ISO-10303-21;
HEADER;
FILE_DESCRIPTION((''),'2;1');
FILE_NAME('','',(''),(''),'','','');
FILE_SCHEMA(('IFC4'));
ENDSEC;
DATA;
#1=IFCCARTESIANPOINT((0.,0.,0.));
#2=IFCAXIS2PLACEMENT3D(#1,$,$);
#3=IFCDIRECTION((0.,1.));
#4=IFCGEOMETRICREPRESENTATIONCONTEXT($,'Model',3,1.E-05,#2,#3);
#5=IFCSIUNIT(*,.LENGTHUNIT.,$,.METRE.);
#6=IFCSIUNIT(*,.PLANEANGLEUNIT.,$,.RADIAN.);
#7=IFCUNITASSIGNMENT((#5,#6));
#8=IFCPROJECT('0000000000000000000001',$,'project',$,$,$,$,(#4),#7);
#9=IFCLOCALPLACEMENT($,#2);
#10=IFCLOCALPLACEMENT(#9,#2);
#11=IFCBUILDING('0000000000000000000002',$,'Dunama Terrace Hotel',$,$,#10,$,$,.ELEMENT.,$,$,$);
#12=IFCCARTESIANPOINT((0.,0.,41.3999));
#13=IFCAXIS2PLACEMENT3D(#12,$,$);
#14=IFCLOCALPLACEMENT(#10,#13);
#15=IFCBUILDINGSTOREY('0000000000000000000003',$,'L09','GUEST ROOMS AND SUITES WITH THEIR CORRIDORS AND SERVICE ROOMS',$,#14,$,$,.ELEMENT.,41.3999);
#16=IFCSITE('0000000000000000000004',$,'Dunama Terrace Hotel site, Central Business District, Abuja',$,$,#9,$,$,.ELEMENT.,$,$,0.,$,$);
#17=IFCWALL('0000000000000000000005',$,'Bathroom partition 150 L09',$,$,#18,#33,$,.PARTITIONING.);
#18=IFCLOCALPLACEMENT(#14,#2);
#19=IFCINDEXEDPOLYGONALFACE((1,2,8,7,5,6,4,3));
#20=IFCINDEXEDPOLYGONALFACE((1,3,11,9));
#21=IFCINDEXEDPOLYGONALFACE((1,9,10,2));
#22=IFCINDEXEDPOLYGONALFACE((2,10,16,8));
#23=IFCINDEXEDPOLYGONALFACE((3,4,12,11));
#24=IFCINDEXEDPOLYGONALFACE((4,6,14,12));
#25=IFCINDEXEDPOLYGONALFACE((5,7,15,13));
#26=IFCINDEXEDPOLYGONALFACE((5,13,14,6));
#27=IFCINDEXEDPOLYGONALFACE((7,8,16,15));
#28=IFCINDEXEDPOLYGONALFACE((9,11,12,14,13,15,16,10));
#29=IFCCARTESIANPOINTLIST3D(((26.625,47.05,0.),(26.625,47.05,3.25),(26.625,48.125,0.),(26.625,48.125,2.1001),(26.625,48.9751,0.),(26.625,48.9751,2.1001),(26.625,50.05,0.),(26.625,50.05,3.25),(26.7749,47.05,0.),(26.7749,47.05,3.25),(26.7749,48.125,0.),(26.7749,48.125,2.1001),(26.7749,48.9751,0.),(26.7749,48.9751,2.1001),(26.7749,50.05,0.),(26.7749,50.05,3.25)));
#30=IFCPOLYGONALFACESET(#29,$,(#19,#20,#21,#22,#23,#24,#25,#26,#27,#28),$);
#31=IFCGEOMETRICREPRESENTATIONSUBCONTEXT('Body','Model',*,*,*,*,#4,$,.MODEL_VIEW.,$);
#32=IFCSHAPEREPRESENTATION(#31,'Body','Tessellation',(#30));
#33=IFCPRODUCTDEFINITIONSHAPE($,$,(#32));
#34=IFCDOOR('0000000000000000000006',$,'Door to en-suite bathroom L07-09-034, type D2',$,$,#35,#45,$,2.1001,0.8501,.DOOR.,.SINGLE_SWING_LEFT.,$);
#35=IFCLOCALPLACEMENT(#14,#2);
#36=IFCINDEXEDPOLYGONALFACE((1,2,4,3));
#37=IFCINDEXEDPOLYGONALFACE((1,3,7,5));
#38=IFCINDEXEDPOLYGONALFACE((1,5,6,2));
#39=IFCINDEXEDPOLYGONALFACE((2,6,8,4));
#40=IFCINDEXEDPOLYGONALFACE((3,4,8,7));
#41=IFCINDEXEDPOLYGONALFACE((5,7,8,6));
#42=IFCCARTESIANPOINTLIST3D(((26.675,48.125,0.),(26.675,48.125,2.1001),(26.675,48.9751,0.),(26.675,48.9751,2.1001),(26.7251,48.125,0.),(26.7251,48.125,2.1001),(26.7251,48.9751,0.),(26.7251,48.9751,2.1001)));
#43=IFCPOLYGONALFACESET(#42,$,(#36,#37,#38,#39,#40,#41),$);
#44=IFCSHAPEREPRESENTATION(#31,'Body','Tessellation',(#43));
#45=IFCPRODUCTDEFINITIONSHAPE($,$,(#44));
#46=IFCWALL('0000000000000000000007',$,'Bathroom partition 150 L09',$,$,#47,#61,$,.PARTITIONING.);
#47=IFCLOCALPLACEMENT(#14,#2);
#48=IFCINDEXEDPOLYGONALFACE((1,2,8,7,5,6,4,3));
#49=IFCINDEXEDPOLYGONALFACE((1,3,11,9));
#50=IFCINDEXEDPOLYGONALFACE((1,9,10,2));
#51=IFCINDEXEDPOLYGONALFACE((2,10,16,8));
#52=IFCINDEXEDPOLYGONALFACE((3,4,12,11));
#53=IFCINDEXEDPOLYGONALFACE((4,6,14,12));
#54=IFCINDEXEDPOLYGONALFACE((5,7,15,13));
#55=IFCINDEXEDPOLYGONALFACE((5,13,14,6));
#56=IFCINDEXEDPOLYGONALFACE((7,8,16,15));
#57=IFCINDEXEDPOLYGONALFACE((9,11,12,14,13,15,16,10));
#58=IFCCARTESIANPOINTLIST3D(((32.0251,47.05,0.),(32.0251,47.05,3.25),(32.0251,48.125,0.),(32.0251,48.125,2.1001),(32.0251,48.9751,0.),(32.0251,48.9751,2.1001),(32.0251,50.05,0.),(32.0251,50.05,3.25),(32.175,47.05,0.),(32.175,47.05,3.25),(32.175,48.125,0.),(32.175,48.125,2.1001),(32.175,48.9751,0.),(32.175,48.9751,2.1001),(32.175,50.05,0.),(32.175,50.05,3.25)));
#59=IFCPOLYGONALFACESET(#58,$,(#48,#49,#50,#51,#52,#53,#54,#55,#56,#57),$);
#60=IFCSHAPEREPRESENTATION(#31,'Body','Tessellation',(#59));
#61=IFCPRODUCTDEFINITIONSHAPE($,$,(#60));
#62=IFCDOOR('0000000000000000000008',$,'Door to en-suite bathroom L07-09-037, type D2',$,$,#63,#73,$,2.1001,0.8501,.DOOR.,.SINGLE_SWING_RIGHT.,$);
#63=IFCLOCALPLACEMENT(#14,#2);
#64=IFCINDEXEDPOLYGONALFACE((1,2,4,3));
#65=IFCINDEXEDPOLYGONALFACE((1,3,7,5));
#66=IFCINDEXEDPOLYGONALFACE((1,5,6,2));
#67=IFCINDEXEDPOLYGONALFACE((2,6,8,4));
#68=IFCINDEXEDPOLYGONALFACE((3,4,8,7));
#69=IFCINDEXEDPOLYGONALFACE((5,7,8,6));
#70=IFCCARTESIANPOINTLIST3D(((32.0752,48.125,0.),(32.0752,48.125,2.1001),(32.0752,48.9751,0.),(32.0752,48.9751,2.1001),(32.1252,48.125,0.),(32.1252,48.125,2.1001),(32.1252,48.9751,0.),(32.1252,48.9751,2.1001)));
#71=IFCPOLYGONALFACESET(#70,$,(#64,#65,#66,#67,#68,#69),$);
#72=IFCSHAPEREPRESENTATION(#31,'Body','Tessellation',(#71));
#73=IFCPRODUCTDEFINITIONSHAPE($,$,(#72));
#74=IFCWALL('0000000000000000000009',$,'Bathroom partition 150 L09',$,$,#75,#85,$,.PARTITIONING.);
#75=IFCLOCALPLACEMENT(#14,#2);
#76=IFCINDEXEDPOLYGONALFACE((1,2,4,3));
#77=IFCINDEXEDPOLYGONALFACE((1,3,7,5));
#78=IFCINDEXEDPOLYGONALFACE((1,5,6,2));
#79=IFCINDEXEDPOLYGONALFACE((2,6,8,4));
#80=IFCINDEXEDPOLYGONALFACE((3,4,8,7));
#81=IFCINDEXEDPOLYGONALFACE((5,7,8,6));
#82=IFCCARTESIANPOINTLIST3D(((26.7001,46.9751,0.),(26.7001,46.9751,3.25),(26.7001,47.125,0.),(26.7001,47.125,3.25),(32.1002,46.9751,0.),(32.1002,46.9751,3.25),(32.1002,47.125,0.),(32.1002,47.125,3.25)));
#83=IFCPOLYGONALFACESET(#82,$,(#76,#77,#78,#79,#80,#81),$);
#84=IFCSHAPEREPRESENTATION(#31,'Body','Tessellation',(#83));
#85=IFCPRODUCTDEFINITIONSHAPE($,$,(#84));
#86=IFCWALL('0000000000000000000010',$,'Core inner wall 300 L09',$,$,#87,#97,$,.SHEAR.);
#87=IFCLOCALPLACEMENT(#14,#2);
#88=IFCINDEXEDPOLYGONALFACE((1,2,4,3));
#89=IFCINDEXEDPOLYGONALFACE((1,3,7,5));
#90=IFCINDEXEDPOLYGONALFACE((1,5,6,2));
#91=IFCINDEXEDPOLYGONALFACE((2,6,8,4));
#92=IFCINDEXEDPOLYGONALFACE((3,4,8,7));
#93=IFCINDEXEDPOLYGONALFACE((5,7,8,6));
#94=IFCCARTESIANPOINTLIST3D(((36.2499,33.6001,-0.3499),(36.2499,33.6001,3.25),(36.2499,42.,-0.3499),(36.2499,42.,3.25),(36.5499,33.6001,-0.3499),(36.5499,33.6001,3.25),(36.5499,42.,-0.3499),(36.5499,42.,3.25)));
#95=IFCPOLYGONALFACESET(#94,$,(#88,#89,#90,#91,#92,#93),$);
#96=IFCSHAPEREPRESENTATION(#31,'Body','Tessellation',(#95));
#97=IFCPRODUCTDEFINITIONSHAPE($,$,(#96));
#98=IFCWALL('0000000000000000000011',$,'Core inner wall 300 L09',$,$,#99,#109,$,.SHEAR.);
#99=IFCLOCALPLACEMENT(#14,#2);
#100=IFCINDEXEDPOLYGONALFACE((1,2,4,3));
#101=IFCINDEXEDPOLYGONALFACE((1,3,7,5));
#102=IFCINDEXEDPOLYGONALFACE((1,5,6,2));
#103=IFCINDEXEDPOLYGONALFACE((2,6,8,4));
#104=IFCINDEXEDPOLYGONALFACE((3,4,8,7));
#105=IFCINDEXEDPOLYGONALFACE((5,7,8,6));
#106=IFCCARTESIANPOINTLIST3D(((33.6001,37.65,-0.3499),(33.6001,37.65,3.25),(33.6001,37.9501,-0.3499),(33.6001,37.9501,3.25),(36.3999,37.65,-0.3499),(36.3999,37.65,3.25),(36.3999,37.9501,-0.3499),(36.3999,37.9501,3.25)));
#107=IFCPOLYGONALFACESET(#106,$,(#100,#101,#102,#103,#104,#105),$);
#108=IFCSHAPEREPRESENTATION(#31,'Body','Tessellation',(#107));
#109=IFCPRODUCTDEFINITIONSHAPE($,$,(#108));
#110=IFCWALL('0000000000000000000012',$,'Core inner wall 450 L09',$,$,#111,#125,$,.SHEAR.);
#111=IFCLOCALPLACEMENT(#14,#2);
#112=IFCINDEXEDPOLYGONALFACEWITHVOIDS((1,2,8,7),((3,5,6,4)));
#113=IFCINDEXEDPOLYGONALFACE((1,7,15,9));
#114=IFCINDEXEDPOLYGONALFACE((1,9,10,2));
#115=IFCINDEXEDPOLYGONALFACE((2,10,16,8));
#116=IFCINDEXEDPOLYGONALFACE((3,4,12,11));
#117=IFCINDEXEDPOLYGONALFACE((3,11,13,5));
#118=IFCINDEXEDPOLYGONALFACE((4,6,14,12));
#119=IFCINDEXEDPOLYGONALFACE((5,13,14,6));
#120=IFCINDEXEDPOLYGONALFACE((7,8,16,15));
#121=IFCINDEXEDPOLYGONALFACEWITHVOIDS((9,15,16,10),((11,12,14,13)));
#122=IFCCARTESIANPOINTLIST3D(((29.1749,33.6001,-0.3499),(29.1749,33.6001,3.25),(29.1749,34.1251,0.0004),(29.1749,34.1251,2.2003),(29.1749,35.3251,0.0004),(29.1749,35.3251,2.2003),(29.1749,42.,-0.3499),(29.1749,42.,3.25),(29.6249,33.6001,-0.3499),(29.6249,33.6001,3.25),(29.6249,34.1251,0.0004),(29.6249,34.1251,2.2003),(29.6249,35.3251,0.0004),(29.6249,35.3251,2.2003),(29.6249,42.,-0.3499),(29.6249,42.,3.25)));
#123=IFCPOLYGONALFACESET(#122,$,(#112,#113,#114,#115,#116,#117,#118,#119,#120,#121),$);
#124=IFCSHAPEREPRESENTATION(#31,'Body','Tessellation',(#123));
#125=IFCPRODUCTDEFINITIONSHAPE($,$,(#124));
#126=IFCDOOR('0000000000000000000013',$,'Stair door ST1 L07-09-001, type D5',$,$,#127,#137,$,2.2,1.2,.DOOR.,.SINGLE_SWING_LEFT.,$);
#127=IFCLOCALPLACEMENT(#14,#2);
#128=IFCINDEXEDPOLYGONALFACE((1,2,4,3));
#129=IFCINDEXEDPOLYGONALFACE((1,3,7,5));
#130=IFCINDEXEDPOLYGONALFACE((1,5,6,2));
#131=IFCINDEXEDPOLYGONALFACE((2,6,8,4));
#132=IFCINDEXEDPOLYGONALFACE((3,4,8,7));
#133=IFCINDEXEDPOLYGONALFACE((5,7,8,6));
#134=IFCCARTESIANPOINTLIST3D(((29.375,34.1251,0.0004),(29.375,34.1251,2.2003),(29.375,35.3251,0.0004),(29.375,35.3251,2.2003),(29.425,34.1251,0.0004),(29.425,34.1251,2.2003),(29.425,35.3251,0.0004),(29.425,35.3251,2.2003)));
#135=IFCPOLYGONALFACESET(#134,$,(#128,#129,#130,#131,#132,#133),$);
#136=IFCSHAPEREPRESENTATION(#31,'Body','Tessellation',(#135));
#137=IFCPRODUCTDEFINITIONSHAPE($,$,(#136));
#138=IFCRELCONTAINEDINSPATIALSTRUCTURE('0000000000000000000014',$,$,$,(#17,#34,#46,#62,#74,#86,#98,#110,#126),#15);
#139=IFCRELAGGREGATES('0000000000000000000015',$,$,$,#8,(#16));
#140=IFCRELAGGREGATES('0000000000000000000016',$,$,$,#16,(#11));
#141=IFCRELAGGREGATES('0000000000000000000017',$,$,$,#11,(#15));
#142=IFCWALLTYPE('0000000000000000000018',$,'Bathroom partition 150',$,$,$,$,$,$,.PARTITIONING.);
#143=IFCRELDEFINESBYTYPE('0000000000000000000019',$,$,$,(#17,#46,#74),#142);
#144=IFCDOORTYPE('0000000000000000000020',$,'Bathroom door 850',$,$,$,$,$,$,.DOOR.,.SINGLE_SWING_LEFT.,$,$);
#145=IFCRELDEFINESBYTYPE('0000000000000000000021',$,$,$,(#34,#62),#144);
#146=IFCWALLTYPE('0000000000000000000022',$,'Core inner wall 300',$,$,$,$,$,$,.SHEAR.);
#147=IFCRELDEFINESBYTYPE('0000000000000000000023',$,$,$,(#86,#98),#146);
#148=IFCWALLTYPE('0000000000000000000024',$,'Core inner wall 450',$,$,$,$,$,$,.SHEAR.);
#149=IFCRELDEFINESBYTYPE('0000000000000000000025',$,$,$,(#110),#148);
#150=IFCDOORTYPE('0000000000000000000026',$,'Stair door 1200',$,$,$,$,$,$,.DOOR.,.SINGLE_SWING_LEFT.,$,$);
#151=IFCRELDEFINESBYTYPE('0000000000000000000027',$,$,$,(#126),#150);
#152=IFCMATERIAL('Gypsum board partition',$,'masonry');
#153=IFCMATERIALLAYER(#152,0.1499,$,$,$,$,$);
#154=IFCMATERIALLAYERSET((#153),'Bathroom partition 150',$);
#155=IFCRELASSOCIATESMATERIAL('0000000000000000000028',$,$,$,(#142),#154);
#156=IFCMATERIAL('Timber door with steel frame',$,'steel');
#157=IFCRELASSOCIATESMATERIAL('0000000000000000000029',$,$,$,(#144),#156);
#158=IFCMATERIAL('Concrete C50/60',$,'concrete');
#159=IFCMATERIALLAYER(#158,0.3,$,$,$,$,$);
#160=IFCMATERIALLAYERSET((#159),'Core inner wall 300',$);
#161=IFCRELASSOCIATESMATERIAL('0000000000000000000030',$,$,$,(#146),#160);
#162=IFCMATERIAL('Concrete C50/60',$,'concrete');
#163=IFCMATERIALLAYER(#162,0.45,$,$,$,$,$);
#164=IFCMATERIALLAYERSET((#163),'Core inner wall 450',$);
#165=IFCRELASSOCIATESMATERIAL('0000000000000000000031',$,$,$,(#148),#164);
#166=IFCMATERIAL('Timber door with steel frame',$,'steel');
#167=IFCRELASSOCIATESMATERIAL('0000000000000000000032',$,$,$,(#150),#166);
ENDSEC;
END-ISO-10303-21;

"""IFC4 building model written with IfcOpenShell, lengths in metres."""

from ifc_helpers import new_model, si_unit, direction, frame, frame_2d, origin, place, context, subcontext, project, spatial, rectangle, extrude, material, layer, layer_set, type_object, element, fill, save


model = new_model("IFC4")

# Units and contexts
model_context = context("Model", 3, precision=1e-05, world=origin(), true_north=direction((0.0, 1.0)))
body_context = subcontext(model_context, "Body", "Model", "MODEL_VIEW")
ifc_project = project(units=[si_unit("LENGTHUNIT", "METRE"), si_unit("PLANEANGLEUNIT", "RADIAN")], contexts=[model_context])

# Site, building, storey
site_placement = place(None, origin())
site = spatial("IfcSite", under=ifc_project, at=site_placement, Name="Dunama Terrace Hotel site, Central Business District, Abuja", CompositionType="ELEMENT", RefElevation=0.0)
building_placement = place(site_placement, origin())
building = spatial("IfcBuilding", under=site, at=building_placement, Name="Dunama Terrace Hotel", CompositionType="ELEMENT")
storey_placement = place(building_placement, frame((0.0, 0.0, 41.3999)))
storey = spatial("IfcBuildingStorey", under=building, at=storey_placement, Name="L09", Description="GUEST ROOMS AND SUITES WITH THEIR CORRIDORS AND SERVICE ROOMS", CompositionType="ELEMENT", Elevation=41.3999)

# Walls, openings, doors
ifc_material_1 = material(Name="Gypsum board partition", Category="masonry")
ifc_layer_1 = layer(ifc_material_1, 0.1499)
ifc_layer_set_1 = layer_set([ifc_layer_1], Name="Bathroom partition 150")
wall_type_1 = type_object("IfcWallType", Name="Bathroom partition 150", PredefinedType="PARTITIONING", material=ifc_layer_set_1)
wall_1_placement = place(storey_placement, frame((26.7, 47.05, 0.0), z_axis=(0.0, 0.0, 1.0), x_axis=(0.0, 1.0, 0.0)))
wall_1 = element("IfcWall", 1, at=wall_1_placement, inside=storey, type_object=wall_type_1, Name="Bathroom partition 150 L09", PredefinedType="PARTITIONING", context=body_context, shape_type="SweptSolid", body=[
    extrude(rectangle(XDim=3.0, YDim=0.1499, at=frame_2d((1.5, 0.0))), origin(), (0.0, 0.0, 1.0), 3.25),
])
opening_1_placement = place(wall_1_placement, frame((1.075, 0.0, 0.0)))
opening_1 = element("IfcOpeningElement", 2, at=opening_1_placement, cuts=wall_1, PredefinedType="OPENING", context=body_context, shape_type="SweptSolid", body=[
    extrude(rectangle(XDim=0.8501, YDim=2.1001, at=frame_2d((0.425, 1.05))), frame((0.0, 0.085, 0.0), z_axis=(0.0, -1.0, 0.0), x_axis=(1.0, 0.0, 0.0)), (0.0, 0.0, 1.0), 0.1699),
])
ifc_material_2 = material(Name="Timber door with steel frame", Category="steel")
door_type_1 = type_object("IfcDoorType", Name="Bathroom door 850", OperationType="SINGLE_SWING_LEFT", PredefinedType="DOOR", material=ifc_material_2)
door_1_placement = place(opening_1_placement, frame((0.8501, 0.0, 0.0), z_axis=(0.0, 0.0, 1.0), x_axis=(-1.0, 0.0, 0.0)))
door_1 = element("IfcDoor", 3, at=door_1_placement, inside=storey, type_object=door_type_1, Name="Door to en-suite bathroom L07-09-034, type D2", OperationType="SINGLE_SWING_LEFT", OverallHeight=2.1001, OverallWidth=0.8501, PredefinedType="DOOR", context=body_context, shape_type="SweptSolid", body=[
    extrude(rectangle(XDim=0.8501, YDim=2.1001, at=frame_2d((0.425, 1.05))), frame((0.0, 0.0251, 0.0), z_axis=(0.0, -1.0, 0.0), x_axis=(1.0, 0.0, 0.0)), (0.0, 0.0, 1.0), 0.05),
])
fill(opening_1, door_1)
wall_2_placement = place(storey_placement, frame((32.1001, 47.05, 0.0), z_axis=(0.0, 0.0, 1.0), x_axis=(0.0, 1.0, 0.0)))
wall_2 = element("IfcWall", 4, at=wall_2_placement, inside=storey, type_object=wall_type_1, Name="Bathroom partition 150 L09", PredefinedType="PARTITIONING", context=body_context, shape_type="SweptSolid", body=[
    extrude(rectangle(XDim=3.0, YDim=0.1499, at=frame_2d((1.5, 0.0))), origin(), (0.0, 0.0, 1.0), 3.25),
])
opening_2_placement = place(wall_2_placement, frame((1.075, 0.0, 0.0)))
opening_2 = element("IfcOpeningElement", 5, at=opening_2_placement, cuts=wall_2, PredefinedType="OPENING", context=body_context, shape_type="SweptSolid", body=[
    extrude(rectangle(XDim=0.8501, YDim=2.1001, at=frame_2d((0.425, 1.05))), frame((0.0, 0.085, 0.0), z_axis=(0.0, -1.0, 0.0), x_axis=(1.0, 0.0, 0.0)), (0.0, 0.0, 1.0), 0.1699),
])
door_2_placement = place(opening_2_placement, origin())
door_2 = element("IfcDoor", 6, at=door_2_placement, inside=storey, type_object=door_type_1, Name="Door to en-suite bathroom L07-09-037, type D2", OperationType="SINGLE_SWING_RIGHT", OverallHeight=2.1001, OverallWidth=0.8501, PredefinedType="DOOR", context=body_context, shape_type="SweptSolid", body=[
    extrude(rectangle(XDim=0.8501, YDim=2.1001, at=frame_2d((0.425, 1.05))), frame((0.0, 0.0249, 0.0), z_axis=(0.0, -1.0, 0.0), x_axis=(1.0, 0.0, 0.0)), (0.0, 0.0, 1.0), 0.05),
])
fill(opening_2, door_2)

# Walls
wall_3_placement = place(storey_placement, frame((26.7, 47.05, 0.0), z_axis=(0.0, 0.0, 1.0), x_axis=(1.0, 0.0, 0.0)))
element("IfcWall", 7, at=wall_3_placement, inside=storey, type_object=wall_type_1, Name="Bathroom partition 150 L09", PredefinedType="PARTITIONING", context=body_context, shape_type="SweptSolid", body=[
    extrude(rectangle(XDim=5.4001, YDim=0.1499, at=frame_2d((2.7002, 0.0))), origin(), (0.0, 0.0, 1.0), 3.25),
])
ifc_material_3 = material(Name="Concrete C50/60", Category="concrete")
ifc_layer_2 = layer(ifc_material_3, 0.3)
ifc_layer_set_2 = layer_set([ifc_layer_2], Name="Core inner wall 300")
wall_type_2 = type_object("IfcWallType", Name="Core inner wall 300", PredefinedType="SHEAR", material=ifc_layer_set_2)
wall_4_placement = place(storey_placement, frame((36.3999, 33.6001, -0.3499), z_axis=(0.0, 0.0, 1.0), x_axis=(0.0, 1.0, 0.0)))
element("IfcWall", 8, at=wall_4_placement, inside=storey, type_object=wall_type_2, Name="Core inner wall 300 L09", PredefinedType="SHEAR", context=body_context, shape_type="SweptSolid", body=[
    extrude(rectangle(XDim=8.3999, YDim=0.3, at=frame_2d((4.2, 0.0))), origin(), (0.0, 0.0, 1.0), 3.5999),
])
wall_5_placement = place(storey_placement, frame((33.6001, 37.8, -0.3499), z_axis=(0.0, 0.0, 1.0), x_axis=(1.0, 0.0, 0.0)))
element("IfcWall", 9, at=wall_5_placement, inside=storey, type_object=wall_type_2, Name="Core inner wall 300 L09", PredefinedType="SHEAR", context=body_context, shape_type="SweptSolid", body=[
    extrude(rectangle(XDim=2.7998, YDim=0.3, at=frame_2d((1.3999, 0.0))), origin(), (0.0, 0.0, 1.0), 3.5999),
])

# Wall, opening, door
ifc_material_4 = material(Name="Concrete C50/60", Category="concrete")
ifc_layer_3 = layer(ifc_material_4, 0.45)
ifc_layer_set_3 = layer_set([ifc_layer_3], Name="Core inner wall 450")
wall_type_3 = type_object("IfcWallType", Name="Core inner wall 450", PredefinedType="SHEAR", material=ifc_layer_set_3)
wall_6_placement = place(storey_placement, frame((29.3999, 33.6001, -0.3499), z_axis=(0.0, 0.0, 1.0), x_axis=(0.0, 1.0, 0.0)))
wall_6 = element("IfcWall", 10, at=wall_6_placement, inside=storey, type_object=wall_type_3, Name="Core inner wall 450 L09", PredefinedType="SHEAR", context=body_context, shape_type="SweptSolid", body=[
    extrude(rectangle(XDim=8.3999, YDim=0.45, at=frame_2d((4.2, 0.0))), origin(), (0.0, 0.0, 1.0), 3.5999),
])
opening_3_placement = place(wall_6_placement, frame((0.5249, 0.0, 0.3501)))
opening_3 = element("IfcOpeningElement", 11, at=opening_3_placement, cuts=wall_6, PredefinedType="OPENING", context=body_context, shape_type="SweptSolid", body=[
    extrude(rectangle(XDim=1.2, YDim=2.2, at=frame_2d((0.6001, 1.1001))), frame((0.0, 0.2349, 0.0), z_axis=(0.0, -1.0, 0.0), x_axis=(1.0, 0.0, 0.0)), (0.0, 0.0, 1.0), 0.47),
])
ifc_material_5 = material(Name="Timber door with steel frame", Category="steel")
door_type_2 = type_object("IfcDoorType", Name="Stair door 1200", OperationType="SINGLE_SWING_LEFT", PredefinedType="DOOR", material=ifc_material_5)
door_3_placement = place(opening_3_placement, origin())
door_3 = element("IfcDoor", 12, at=door_3_placement, inside=storey, type_object=door_type_2, Name="Stair door ST1 L07-09-001, type D5", OperationType="SINGLE_SWING_LEFT", OverallHeight=2.2, OverallWidth=1.2, PredefinedType="DOOR", context=body_context, shape_type="SweptSolid", body=[
    extrude(rectangle(XDim=1.2, YDim=2.2, at=frame_2d((0.6001, 1.1001))), frame((0.0, 0.0249, 0.0), z_axis=(0.0, -1.0, 0.0), x_axis=(1.0, 0.0, 0.0)), (0.0, 0.0, 1.0), 0.05),
])
fill(opening_3, door_3)

save(model, "model.ifc")
